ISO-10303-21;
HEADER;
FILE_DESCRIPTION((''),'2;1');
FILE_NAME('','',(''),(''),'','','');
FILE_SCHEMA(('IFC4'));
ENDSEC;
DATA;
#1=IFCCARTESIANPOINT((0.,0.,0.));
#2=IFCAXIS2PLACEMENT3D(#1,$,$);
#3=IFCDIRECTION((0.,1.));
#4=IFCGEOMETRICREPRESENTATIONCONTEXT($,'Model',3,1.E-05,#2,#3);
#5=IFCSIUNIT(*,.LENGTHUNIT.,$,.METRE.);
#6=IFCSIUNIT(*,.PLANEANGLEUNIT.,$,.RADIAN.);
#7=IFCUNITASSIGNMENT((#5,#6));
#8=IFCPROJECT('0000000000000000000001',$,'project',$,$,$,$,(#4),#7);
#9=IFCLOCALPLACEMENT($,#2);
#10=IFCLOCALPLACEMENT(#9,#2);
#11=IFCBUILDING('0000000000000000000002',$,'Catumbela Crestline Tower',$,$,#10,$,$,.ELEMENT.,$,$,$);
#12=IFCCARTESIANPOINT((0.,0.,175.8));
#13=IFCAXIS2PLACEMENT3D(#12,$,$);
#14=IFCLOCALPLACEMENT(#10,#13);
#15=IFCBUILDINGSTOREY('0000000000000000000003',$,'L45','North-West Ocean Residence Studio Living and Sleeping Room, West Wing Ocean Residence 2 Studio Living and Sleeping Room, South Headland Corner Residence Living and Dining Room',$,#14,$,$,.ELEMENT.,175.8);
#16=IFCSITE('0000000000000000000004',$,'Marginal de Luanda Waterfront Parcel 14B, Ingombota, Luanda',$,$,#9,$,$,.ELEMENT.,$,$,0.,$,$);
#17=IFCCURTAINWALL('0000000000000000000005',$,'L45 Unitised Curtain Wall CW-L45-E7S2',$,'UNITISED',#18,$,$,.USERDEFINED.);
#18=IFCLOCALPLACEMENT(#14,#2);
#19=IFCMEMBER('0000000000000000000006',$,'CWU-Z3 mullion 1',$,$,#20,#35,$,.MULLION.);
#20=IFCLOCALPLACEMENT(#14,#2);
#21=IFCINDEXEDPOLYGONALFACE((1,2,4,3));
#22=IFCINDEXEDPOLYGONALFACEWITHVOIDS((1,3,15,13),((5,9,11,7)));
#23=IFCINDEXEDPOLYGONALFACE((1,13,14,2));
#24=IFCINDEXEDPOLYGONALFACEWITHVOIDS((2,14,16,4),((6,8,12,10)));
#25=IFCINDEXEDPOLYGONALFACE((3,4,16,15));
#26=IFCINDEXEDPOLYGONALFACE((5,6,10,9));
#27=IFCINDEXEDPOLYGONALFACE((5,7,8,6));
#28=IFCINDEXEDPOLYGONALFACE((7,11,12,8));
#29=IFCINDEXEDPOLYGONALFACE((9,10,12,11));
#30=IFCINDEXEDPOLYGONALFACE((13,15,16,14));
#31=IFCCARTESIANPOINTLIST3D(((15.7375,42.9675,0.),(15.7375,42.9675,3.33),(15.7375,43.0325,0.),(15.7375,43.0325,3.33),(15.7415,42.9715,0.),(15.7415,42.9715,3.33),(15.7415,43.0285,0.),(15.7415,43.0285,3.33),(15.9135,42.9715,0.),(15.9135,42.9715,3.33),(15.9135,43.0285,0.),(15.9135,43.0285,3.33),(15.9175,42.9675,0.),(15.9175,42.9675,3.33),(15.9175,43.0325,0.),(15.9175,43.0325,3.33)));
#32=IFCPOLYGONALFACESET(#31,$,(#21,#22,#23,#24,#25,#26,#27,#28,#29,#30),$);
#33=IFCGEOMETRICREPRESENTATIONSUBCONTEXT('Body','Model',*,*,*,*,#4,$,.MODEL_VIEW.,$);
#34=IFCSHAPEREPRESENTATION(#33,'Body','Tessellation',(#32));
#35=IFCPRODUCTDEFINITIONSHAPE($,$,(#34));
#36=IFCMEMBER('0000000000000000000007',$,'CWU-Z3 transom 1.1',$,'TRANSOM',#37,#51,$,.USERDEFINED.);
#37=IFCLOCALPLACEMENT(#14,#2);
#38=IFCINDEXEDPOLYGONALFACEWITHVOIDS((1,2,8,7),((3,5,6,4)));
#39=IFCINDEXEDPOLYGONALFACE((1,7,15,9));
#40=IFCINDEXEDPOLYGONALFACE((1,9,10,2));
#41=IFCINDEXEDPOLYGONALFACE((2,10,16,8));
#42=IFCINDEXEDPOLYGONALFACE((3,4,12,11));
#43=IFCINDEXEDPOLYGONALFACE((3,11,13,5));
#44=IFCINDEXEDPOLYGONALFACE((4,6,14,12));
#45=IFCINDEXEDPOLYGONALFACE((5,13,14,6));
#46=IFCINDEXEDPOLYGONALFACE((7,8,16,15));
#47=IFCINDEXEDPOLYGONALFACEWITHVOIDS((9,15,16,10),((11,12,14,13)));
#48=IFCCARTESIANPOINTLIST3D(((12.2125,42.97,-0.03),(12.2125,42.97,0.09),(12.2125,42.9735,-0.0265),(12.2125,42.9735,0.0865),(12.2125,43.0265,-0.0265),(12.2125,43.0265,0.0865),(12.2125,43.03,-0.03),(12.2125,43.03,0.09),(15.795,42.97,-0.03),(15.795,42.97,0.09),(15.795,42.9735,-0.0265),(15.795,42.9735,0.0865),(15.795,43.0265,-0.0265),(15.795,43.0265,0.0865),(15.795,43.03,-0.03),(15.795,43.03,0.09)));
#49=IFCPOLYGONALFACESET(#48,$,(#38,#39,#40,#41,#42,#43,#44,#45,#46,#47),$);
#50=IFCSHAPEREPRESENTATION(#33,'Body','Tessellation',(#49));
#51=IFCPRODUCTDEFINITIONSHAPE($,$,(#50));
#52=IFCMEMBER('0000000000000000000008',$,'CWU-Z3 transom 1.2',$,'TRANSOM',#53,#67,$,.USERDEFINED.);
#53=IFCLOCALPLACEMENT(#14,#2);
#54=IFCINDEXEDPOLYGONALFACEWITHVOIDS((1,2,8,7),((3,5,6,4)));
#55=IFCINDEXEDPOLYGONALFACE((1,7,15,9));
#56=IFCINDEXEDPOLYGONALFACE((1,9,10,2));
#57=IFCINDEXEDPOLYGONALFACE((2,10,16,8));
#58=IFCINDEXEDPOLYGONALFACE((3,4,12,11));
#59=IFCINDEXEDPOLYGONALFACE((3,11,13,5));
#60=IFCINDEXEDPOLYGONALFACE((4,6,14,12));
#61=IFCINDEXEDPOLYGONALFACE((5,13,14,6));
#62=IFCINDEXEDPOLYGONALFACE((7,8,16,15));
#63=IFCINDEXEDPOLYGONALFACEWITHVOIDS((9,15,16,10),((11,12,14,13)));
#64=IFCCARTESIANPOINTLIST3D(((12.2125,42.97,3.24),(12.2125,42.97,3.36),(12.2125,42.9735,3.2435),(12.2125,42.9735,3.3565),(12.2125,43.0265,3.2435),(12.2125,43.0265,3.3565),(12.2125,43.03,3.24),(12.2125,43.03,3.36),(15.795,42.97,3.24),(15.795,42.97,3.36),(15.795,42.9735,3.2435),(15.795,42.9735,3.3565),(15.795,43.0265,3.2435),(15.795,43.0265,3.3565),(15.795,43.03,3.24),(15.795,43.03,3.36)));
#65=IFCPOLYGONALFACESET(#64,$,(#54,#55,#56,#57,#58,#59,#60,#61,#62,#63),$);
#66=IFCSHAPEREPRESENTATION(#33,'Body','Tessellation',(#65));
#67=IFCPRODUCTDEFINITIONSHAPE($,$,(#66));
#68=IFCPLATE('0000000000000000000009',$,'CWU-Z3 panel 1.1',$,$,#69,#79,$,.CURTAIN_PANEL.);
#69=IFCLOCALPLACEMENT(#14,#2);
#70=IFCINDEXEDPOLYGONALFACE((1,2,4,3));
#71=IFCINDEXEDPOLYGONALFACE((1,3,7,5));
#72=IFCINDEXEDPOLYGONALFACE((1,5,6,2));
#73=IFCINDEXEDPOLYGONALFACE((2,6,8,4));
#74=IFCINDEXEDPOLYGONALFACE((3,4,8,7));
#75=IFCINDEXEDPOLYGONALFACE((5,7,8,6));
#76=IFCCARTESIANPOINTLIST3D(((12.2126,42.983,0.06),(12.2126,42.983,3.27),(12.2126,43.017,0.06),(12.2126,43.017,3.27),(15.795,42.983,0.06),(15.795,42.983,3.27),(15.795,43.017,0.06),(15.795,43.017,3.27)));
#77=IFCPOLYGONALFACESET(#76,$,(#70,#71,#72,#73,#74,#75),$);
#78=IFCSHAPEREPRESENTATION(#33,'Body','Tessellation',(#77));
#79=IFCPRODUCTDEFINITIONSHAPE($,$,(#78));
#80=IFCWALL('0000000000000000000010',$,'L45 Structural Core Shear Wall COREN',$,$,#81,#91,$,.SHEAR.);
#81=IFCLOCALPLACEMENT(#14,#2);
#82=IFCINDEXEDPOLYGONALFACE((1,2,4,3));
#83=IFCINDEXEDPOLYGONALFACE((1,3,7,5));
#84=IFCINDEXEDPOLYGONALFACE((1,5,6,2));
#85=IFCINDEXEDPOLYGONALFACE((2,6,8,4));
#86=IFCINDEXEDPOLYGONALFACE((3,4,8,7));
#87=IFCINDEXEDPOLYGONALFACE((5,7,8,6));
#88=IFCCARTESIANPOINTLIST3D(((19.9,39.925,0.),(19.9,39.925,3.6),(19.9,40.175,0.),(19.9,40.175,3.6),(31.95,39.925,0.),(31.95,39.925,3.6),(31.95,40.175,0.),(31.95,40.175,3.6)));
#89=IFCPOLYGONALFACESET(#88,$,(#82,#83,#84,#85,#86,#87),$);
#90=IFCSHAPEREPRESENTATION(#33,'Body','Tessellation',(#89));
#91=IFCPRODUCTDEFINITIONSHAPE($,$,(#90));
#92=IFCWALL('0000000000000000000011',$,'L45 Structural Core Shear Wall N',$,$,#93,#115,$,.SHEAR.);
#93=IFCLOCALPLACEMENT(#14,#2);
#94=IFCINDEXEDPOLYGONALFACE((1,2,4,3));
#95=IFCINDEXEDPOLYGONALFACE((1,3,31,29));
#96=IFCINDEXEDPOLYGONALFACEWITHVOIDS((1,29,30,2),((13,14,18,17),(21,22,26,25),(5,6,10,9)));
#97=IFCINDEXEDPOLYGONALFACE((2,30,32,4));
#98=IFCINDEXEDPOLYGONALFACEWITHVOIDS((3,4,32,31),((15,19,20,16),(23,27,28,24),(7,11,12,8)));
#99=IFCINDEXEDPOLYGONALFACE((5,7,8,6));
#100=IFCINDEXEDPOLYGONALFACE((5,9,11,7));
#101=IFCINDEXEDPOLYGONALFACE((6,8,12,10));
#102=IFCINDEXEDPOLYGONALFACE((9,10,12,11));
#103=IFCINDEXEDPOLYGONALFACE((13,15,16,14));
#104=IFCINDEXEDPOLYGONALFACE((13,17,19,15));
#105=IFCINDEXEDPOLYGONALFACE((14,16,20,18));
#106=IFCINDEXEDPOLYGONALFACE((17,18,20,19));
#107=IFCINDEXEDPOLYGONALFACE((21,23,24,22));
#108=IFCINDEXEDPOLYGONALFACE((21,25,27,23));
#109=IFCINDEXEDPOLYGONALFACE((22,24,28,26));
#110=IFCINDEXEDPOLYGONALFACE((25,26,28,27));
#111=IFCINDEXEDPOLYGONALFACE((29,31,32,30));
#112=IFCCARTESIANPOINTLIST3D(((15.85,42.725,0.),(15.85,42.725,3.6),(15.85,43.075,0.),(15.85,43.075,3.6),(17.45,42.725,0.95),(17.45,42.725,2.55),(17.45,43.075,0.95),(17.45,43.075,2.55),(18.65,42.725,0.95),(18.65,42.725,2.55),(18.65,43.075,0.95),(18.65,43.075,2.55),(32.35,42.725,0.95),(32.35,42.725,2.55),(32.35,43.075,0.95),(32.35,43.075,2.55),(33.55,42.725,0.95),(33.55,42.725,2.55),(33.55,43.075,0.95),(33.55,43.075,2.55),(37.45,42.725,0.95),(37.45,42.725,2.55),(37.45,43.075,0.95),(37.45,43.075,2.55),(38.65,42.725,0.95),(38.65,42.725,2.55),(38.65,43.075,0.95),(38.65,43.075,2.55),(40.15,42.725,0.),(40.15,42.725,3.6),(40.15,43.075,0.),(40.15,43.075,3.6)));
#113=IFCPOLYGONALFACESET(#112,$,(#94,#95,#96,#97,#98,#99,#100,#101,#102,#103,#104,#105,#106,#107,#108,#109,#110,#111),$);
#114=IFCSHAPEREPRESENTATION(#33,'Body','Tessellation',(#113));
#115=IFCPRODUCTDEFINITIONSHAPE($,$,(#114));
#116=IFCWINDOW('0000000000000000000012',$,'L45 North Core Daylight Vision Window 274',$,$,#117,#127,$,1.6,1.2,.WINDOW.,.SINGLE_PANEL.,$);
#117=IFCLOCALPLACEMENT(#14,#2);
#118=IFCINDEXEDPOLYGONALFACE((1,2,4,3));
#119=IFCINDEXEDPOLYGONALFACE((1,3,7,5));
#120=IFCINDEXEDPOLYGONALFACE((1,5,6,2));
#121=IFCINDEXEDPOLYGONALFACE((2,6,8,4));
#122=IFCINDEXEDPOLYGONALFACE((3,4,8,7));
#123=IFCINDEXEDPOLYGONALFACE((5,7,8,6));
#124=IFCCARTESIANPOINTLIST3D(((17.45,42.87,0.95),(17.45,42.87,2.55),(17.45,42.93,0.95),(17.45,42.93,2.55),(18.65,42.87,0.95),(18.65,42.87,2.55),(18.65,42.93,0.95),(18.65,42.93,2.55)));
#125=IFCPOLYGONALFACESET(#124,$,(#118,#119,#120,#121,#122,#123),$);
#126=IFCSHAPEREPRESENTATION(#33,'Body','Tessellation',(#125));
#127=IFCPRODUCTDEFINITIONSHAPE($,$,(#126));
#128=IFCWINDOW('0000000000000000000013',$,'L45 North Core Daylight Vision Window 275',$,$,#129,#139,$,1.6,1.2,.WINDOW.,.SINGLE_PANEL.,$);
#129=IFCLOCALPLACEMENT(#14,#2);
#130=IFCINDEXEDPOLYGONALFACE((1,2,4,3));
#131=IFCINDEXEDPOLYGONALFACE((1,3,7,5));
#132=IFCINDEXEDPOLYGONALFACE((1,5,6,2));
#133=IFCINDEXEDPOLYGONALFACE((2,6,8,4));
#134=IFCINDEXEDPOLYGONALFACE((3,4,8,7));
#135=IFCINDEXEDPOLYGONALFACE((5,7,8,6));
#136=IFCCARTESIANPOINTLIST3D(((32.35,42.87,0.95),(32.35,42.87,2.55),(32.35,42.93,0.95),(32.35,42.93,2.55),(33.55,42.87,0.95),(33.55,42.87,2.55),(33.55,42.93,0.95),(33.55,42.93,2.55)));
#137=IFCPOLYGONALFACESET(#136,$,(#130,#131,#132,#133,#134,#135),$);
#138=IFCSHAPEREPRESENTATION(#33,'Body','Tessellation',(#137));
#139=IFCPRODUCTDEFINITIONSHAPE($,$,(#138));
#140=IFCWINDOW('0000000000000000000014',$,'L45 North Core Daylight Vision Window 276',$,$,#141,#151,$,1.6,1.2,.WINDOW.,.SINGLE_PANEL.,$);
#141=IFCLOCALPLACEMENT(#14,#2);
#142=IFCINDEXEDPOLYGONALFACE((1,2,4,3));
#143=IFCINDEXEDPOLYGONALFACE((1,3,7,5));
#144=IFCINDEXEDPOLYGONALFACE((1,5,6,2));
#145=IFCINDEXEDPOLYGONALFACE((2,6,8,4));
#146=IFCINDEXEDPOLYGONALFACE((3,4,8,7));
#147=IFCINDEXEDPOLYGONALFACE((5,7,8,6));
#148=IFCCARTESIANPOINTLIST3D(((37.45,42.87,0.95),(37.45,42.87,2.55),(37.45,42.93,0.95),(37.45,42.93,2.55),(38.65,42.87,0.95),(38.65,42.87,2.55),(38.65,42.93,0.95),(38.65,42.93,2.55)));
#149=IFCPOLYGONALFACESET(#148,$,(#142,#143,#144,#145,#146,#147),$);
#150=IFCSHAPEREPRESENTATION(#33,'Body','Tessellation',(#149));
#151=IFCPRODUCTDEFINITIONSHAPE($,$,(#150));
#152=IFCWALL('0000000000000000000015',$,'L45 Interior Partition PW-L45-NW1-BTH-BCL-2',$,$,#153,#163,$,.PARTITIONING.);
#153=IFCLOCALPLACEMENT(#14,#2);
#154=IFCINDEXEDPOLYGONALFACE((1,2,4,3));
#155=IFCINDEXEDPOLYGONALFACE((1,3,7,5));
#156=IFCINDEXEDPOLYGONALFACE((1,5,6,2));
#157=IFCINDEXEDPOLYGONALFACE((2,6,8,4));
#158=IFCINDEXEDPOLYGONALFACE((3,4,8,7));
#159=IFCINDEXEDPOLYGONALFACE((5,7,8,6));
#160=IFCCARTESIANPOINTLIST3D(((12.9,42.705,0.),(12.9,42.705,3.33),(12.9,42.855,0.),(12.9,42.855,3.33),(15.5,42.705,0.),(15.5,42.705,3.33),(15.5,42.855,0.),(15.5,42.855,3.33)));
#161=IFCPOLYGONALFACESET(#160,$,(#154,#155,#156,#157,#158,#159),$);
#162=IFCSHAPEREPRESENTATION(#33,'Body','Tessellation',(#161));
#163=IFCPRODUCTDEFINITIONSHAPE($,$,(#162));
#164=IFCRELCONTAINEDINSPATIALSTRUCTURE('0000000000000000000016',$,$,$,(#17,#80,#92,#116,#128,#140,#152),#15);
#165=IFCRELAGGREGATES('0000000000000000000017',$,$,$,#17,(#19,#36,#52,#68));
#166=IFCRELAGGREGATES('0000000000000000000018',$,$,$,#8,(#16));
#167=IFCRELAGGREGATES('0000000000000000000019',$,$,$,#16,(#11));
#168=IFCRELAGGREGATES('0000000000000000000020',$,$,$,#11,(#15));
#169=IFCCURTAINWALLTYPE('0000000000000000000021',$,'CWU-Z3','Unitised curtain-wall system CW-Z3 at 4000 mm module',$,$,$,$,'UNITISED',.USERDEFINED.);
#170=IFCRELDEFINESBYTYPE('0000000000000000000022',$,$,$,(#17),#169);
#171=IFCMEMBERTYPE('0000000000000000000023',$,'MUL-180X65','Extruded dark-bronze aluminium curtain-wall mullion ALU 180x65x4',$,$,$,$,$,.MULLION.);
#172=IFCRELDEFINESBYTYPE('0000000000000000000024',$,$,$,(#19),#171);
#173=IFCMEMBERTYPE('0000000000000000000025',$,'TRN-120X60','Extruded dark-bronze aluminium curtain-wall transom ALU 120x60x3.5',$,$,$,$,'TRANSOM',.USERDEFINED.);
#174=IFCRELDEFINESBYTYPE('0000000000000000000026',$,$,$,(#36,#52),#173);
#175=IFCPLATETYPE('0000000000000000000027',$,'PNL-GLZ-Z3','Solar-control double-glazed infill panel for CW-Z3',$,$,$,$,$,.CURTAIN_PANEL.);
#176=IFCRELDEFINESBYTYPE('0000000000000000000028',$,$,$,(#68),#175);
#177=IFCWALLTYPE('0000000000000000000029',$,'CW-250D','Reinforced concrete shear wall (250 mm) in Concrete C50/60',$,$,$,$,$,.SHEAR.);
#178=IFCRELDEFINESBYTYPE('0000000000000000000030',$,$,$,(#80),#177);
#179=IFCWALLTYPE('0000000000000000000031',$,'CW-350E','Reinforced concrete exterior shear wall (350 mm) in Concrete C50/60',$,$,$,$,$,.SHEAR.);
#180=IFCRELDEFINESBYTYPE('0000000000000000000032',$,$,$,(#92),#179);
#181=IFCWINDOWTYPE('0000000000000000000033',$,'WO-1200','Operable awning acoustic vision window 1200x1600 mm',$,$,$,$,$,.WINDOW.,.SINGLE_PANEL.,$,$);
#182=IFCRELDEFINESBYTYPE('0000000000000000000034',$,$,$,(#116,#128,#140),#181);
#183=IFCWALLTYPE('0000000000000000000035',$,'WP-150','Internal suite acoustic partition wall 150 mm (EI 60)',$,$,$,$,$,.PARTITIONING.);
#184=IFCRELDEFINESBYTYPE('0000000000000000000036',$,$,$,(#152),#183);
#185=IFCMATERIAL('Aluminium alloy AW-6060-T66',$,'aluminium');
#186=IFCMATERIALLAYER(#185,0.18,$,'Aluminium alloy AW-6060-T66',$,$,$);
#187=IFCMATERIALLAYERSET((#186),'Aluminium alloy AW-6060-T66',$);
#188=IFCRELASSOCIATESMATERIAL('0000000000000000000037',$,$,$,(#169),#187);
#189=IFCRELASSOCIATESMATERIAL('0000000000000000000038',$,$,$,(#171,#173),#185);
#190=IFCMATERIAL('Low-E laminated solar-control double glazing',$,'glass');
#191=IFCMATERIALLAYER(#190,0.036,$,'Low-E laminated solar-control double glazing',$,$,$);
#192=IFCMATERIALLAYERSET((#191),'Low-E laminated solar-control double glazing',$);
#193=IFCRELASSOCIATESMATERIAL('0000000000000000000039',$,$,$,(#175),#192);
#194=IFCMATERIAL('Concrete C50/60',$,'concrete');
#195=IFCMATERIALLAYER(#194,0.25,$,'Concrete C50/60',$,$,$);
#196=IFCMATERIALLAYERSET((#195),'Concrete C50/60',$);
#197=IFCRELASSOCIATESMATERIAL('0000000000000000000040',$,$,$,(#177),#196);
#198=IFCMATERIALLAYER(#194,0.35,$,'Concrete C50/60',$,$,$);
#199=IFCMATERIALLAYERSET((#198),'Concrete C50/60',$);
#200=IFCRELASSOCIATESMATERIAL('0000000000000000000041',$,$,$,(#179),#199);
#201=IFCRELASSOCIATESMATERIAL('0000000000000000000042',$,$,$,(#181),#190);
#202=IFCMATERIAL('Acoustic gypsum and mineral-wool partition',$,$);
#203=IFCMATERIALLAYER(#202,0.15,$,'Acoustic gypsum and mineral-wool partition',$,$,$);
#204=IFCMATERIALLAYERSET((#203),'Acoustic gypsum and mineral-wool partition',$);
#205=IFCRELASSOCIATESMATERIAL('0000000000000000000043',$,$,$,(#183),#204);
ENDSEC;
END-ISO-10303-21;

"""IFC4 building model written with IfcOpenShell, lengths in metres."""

from ifc_helpers import new_model, si_unit, direction, frame, frame_2d, origin, origin_2d, place, context, subcontext, project, spatial, rectangle, hollow_rectangle, extrude, material, layer, layer_set, material_profile, profile_set, type_object, element, fill, aggregate, save


model = new_model("IFC4")

# Units and contexts
model_context = context("Model", 3, precision=1e-05, world=origin(), true_north=direction((0.0, 1.0)))
body_context = subcontext(model_context, "Body", "Model", "MODEL_VIEW")
ifc_project = project(units=[si_unit("LENGTHUNIT", "METRE"), si_unit("PLANEANGLEUNIT", "RADIAN")], contexts=[model_context])

# Site, building, storey
site_placement = place(None, origin())
site = spatial("IfcSite", under=ifc_project, at=site_placement, Name="Marginal de Luanda Waterfront Parcel 14B, Ingombota, Luanda", CompositionType="ELEMENT", RefElevation=0.0)
building_placement = place(site_placement, origin())
building = spatial("IfcBuilding", under=site, at=building_placement, Name="Catumbela Crestline Tower", CompositionType="ELEMENT")
storey_placement = place(building_placement, frame((0.0, 0.0, 175.8)))
storey = spatial("IfcBuildingStorey", under=building, at=storey_placement, Name="L45", Description="North-West Ocean Residence Studio Living and Sleeping Room, West Wing Ocean Residence 2 Studio Living and Sleeping Room, South Headland Corner Residence Living and Dining Room", CompositionType="ELEMENT", Elevation=175.8)

# Curtain wall, members, plate
ifc_material_1 = material(Name="Aluminium alloy AW-6060-T66", Category="aluminium")
ifc_layer_1 = layer(ifc_material_1, 0.18, Name="Aluminium alloy AW-6060-T66")
ifc_layer_set_1 = layer_set([ifc_layer_1], Name="Aluminium alloy AW-6060-T66")
curtain_wall_type = type_object("IfcCurtainWallType", Name="CWU-Z3", Description="Unitised curtain-wall system CW-Z3 at 4000 mm module", ElementType="UNITISED", PredefinedType="USERDEFINED", material=ifc_layer_set_1)
curtain_wall_placement = place(storey_placement, origin())
curtain_wall = element("IfcCurtainWall", 1, at=curtain_wall_placement, inside=storey, type_object=curtain_wall_type, Name="L45 Unitised Curtain Wall CW-L45-E7S2", ObjectType="UNITISED", PredefinedType="USERDEFINED")
ifc_material_profile_1 = material_profile(ifc_material_1, hollow_rectangle(XDim=0.065, YDim=0.18, WallThickness=0.004, at=origin_2d()), Name="ALU 180x65x4")
ifc_profile_set_1 = profile_set([ifc_material_profile_1], Name="Aluminium alloy AW-6060-T66")
member_type_1 = type_object("IfcMemberType", Name="MUL-180X65", Description="Extruded dark-bronze aluminium curtain-wall mullion ALU 180x65x4", PredefinedType="MULLION", material=ifc_profile_set_1)
member_1_placement = place(storey_placement, frame((15.8275, 43.0, 0.0), z_axis=(0.0, 0.0, 1.0), x_axis=(0.0, -1.0, 0.0)))
member_1 = element("IfcMember", 2, at=member_1_placement, type_object=member_type_1, Name="CWU-Z3 mullion 1", PredefinedType="MULLION", context=body_context, shape_type="SweptSolid", body=[
    extrude(hollow_rectangle(XDim=0.065, YDim=0.18, WallThickness=0.004, at=origin_2d()), origin(), (0.0, 0.0, 1.0), 3.33),
])
ifc_material_profile_2 = material_profile(ifc_material_1, hollow_rectangle(XDim=0.06, YDim=0.12, WallThickness=0.0035, at=origin_2d()), Name="ALU 120x60x3.5")
ifc_profile_set_2 = profile_set([ifc_material_profile_2], Name="Aluminium alloy AW-6060-T66")
member_type_2 = type_object("IfcMemberType", Name="TRN-120X60", Description="Extruded dark-bronze aluminium curtain-wall transom ALU 120x60x3.5", ElementType="TRANSOM", PredefinedType="USERDEFINED", material=ifc_profile_set_2)
member_2_placement = place(storey_placement, frame((15.795, 43.0, 0.03), z_axis=(-1.0, 0.0, 0.0), x_axis=(0.0, -1.0, 0.0)))
member_2 = element("IfcMember", 3, at=member_2_placement, type_object=member_type_2, Name="CWU-Z3 transom 1.1", ObjectType="TRANSOM", PredefinedType="USERDEFINED", context=body_context, shape_type="SweptSolid", body=[
    extrude(hollow_rectangle(XDim=0.06, YDim=0.12, WallThickness=0.0035, at=origin_2d()), origin(), (0.0, 0.0, 1.0), 3.5825),
])
member_3_placement = place(storey_placement, frame((15.795, 43.0, 3.3), z_axis=(-1.0, 0.0, 0.0), x_axis=(0.0, -1.0, 0.0)))
member_3 = element("IfcMember", 4, at=member_3_placement, type_object=member_type_2, Name="CWU-Z3 transom 1.2", ObjectType="TRANSOM", PredefinedType="USERDEFINED", context=body_context, shape_type="SweptSolid", body=[
    extrude(hollow_rectangle(XDim=0.06, YDim=0.12, WallThickness=0.0035, at=origin_2d()), origin(), (0.0, 0.0, 1.0), 3.5825),
])
ifc_material_2 = material(Name="Low-E laminated solar-control double glazing", Category="glass")
ifc_layer_2 = layer(ifc_material_2, 0.036, Name="Low-E laminated solar-control double glazing")
ifc_layer_set_2 = layer_set([ifc_layer_2], Name="Low-E laminated solar-control double glazing")
plate_type = type_object("IfcPlateType", Name="PNL-GLZ-Z3", Description="Solar-control double-glazed infill panel for CW-Z3", PredefinedType="CURTAIN_PANEL", material=ifc_layer_set_2)
plate_placement = place(storey_placement, frame((14.0038, 43.0, 0.06), z_axis=(0.0, 0.0, 1.0), x_axis=(-1.0, 0.0, 0.0)))
plate = element("IfcPlate", 5, at=plate_placement, type_object=plate_type, Name="CWU-Z3 panel 1.1", PredefinedType="CURTAIN_PANEL", context=body_context, shape_type="SweptSolid", body=[
    extrude(rectangle(XDim=3.5825, YDim=0.034, at=origin_2d()), origin(), (0.0, 0.0, 1.0), 3.21),
])
aggregate(curtain_wall, [member_1, member_2, member_3, plate])

# Wall
ifc_material_3 = material(Name="Concrete C50/60", Category="concrete")
ifc_layer_3 = layer(ifc_material_3, 0.25, Name="Concrete C50/60")
ifc_layer_set_3 = layer_set([ifc_layer_3], Name="Concrete C50/60")
wall_type_1 = type_object("IfcWallType", Name="CW-250D", Description="Reinforced concrete shear wall (250 mm) in Concrete C50/60", PredefinedType="SHEAR", material=ifc_layer_set_3)
wall_1_placement = place(storey_placement, frame((19.9, 40.05, 0.0), z_axis=(0.0, 0.0, 1.0), x_axis=(1.0, 0.0, 0.0)))
element("IfcWall", 6, at=wall_1_placement, inside=storey, type_object=wall_type_1, Name="L45 Structural Core Shear Wall COREN", PredefinedType="SHEAR", context=body_context, shape_type="SweptSolid", body=[
    extrude(rectangle(XDim=12.05, YDim=0.25, at=frame_2d((6.025, 0.0))), origin(), (0.0, 0.0, 1.0), 3.6),
])

# Wall, openings, windows
ifc_layer_4 = layer(ifc_material_3, 0.35, Name="Concrete C50/60")
ifc_layer_set_4 = layer_set([ifc_layer_4], Name="Concrete C50/60")
wall_type_2 = type_object("IfcWallType", Name="CW-350E", Description="Reinforced concrete exterior shear wall (350 mm) in Concrete C50/60", PredefinedType="SHEAR", material=ifc_layer_set_4)
wall_2_placement = place(storey_placement, frame((15.85, 42.9, 0.0), z_axis=(0.0, 0.0, 1.0), x_axis=(1.0, 0.0, 0.0)))
wall_2 = element("IfcWall", 7, at=wall_2_placement, inside=storey, type_object=wall_type_2, Name="L45 Structural Core Shear Wall N", PredefinedType="SHEAR", context=body_context, shape_type="SweptSolid", body=[
    extrude(rectangle(XDim=24.3, YDim=0.35, at=frame_2d((12.15, 0.0))), origin(), (0.0, 0.0, 1.0), 3.6),
])
opening_1_placement = place(wall_2_placement, frame((1.6, 0.0, 0.95)))
opening_1 = element("IfcOpeningElement", 8, at=opening_1_placement, cuts=wall_2, PredefinedType="OPENING", context=body_context, shape_type="SweptSolid", body=[
    extrude(rectangle(XDim=1.2, YDim=1.6, at=frame_2d((0.6, 0.8))), frame((0.0, 0.185, 0.0), z_axis=(0.0, -1.0, 0.0), x_axis=(1.0, 0.0, 0.0)), (0.0, 0.0, 1.0), 0.37),
])
opening_2_placement = place(wall_2_placement, frame((16.5, 0.0, 0.95)))
opening_2 = element("IfcOpeningElement", 9, at=opening_2_placement, cuts=wall_2, PredefinedType="OPENING", context=body_context, shape_type="SweptSolid", body=[
    extrude(rectangle(XDim=1.2, YDim=1.6, at=frame_2d((0.6, 0.8))), frame((0.0, 0.185, 0.0), z_axis=(0.0, -1.0, 0.0), x_axis=(1.0, 0.0, 0.0)), (0.0, 0.0, 1.0), 0.37),
])
opening_3_placement = place(wall_2_placement, frame((21.6, 0.0, 0.95)))
opening_3 = element("IfcOpeningElement", 10, at=opening_3_placement, cuts=wall_2, PredefinedType="OPENING", context=body_context, shape_type="SweptSolid", body=[
    extrude(rectangle(XDim=1.2, YDim=1.6, at=frame_2d((0.6, 0.8))), frame((0.0, 0.185, 0.0), z_axis=(0.0, -1.0, 0.0), x_axis=(1.0, 0.0, 0.0)), (0.0, 0.0, 1.0), 0.37),
])
window_type = type_object("IfcWindowType", Name="WO-1200", Description="Operable awning acoustic vision window 1200x1600 mm", PartitioningType="SINGLE_PANEL", PredefinedType="WINDOW", material=ifc_material_2)
window_1_placement = place(opening_1_placement, origin())
window_1 = element("IfcWindow", 11, at=window_1_placement, inside=storey, type_object=window_type, Name="L45 North Core Daylight Vision Window 274", OverallHeight=1.6, OverallWidth=1.2, PartitioningType="SINGLE_PANEL", PredefinedType="WINDOW", context=body_context, shape_type="SweptSolid", body=[
    extrude(rectangle(XDim=1.2, YDim=1.6, at=frame_2d((0.6, 0.8))), frame((0.0, 0.03, 0.0), z_axis=(0.0, -1.0, 0.0), x_axis=(1.0, 0.0, 0.0)), (0.0, 0.0, 1.0), 0.06),
])
fill(opening_1, window_1)
window_2_placement = place(opening_2_placement, origin())
window_2 = element("IfcWindow", 12, at=window_2_placement, inside=storey, type_object=window_type, Name="L45 North Core Daylight Vision Window 275", OverallHeight=1.6, OverallWidth=1.2, PartitioningType="SINGLE_PANEL", PredefinedType="WINDOW", context=body_context, shape_type="SweptSolid", body=[
    extrude(rectangle(XDim=1.2, YDim=1.6, at=frame_2d((0.6, 0.8))), frame((0.0, 0.03, 0.0), z_axis=(0.0, -1.0, 0.0), x_axis=(1.0, 0.0, 0.0)), (0.0, 0.0, 1.0), 0.06),
])
fill(opening_2, window_2)
window_3_placement = place(opening_3_placement, origin())
window_3 = element("IfcWindow", 13, at=window_3_placement, inside=storey, type_object=window_type, Name="L45 North Core Daylight Vision Window 276", OverallHeight=1.6, OverallWidth=1.2, PartitioningType="SINGLE_PANEL", PredefinedType="WINDOW", context=body_context, shape_type="SweptSolid", body=[
    extrude(rectangle(XDim=1.2, YDim=1.6, at=frame_2d((0.6, 0.8))), frame((0.0, 0.03, 0.0), z_axis=(0.0, -1.0, 0.0), x_axis=(1.0, 0.0, 0.0)), (0.0, 0.0, 1.0), 0.06),
])
fill(opening_3, window_3)

# Wall
ifc_material_4 = material(Name="Acoustic gypsum and mineral-wool partition")
ifc_layer_5 = layer(ifc_material_4, 0.15, Name="Acoustic gypsum and mineral-wool partition")
ifc_layer_set_5 = layer_set([ifc_layer_5], Name="Acoustic gypsum and mineral-wool partition")
wall_type_3 = type_object("IfcWallType", Name="WP-150", Description="Internal suite acoustic partition wall 150 mm (EI 60)", PredefinedType="PARTITIONING", material=ifc_layer_set_5)
wall_3_placement = place(storey_placement, frame((12.9, 42.78, 0.0), z_axis=(0.0, 0.0, 1.0), x_axis=(1.0, 0.0, 0.0)))
element("IfcWall", 14, at=wall_3_placement, inside=storey, type_object=wall_type_3, Name="L45 Interior Partition PW-L45-NW1-BTH-BCL-2", PredefinedType="PARTITIONING", context=body_context, shape_type="SweptSolid", body=[
    extrude(rectangle(XDim=2.6, YDim=0.15, at=frame_2d((1.3, 0.0))), origin(), (0.0, 0.0, 1.0), 3.33),
])

save(model, "model.ifc")
